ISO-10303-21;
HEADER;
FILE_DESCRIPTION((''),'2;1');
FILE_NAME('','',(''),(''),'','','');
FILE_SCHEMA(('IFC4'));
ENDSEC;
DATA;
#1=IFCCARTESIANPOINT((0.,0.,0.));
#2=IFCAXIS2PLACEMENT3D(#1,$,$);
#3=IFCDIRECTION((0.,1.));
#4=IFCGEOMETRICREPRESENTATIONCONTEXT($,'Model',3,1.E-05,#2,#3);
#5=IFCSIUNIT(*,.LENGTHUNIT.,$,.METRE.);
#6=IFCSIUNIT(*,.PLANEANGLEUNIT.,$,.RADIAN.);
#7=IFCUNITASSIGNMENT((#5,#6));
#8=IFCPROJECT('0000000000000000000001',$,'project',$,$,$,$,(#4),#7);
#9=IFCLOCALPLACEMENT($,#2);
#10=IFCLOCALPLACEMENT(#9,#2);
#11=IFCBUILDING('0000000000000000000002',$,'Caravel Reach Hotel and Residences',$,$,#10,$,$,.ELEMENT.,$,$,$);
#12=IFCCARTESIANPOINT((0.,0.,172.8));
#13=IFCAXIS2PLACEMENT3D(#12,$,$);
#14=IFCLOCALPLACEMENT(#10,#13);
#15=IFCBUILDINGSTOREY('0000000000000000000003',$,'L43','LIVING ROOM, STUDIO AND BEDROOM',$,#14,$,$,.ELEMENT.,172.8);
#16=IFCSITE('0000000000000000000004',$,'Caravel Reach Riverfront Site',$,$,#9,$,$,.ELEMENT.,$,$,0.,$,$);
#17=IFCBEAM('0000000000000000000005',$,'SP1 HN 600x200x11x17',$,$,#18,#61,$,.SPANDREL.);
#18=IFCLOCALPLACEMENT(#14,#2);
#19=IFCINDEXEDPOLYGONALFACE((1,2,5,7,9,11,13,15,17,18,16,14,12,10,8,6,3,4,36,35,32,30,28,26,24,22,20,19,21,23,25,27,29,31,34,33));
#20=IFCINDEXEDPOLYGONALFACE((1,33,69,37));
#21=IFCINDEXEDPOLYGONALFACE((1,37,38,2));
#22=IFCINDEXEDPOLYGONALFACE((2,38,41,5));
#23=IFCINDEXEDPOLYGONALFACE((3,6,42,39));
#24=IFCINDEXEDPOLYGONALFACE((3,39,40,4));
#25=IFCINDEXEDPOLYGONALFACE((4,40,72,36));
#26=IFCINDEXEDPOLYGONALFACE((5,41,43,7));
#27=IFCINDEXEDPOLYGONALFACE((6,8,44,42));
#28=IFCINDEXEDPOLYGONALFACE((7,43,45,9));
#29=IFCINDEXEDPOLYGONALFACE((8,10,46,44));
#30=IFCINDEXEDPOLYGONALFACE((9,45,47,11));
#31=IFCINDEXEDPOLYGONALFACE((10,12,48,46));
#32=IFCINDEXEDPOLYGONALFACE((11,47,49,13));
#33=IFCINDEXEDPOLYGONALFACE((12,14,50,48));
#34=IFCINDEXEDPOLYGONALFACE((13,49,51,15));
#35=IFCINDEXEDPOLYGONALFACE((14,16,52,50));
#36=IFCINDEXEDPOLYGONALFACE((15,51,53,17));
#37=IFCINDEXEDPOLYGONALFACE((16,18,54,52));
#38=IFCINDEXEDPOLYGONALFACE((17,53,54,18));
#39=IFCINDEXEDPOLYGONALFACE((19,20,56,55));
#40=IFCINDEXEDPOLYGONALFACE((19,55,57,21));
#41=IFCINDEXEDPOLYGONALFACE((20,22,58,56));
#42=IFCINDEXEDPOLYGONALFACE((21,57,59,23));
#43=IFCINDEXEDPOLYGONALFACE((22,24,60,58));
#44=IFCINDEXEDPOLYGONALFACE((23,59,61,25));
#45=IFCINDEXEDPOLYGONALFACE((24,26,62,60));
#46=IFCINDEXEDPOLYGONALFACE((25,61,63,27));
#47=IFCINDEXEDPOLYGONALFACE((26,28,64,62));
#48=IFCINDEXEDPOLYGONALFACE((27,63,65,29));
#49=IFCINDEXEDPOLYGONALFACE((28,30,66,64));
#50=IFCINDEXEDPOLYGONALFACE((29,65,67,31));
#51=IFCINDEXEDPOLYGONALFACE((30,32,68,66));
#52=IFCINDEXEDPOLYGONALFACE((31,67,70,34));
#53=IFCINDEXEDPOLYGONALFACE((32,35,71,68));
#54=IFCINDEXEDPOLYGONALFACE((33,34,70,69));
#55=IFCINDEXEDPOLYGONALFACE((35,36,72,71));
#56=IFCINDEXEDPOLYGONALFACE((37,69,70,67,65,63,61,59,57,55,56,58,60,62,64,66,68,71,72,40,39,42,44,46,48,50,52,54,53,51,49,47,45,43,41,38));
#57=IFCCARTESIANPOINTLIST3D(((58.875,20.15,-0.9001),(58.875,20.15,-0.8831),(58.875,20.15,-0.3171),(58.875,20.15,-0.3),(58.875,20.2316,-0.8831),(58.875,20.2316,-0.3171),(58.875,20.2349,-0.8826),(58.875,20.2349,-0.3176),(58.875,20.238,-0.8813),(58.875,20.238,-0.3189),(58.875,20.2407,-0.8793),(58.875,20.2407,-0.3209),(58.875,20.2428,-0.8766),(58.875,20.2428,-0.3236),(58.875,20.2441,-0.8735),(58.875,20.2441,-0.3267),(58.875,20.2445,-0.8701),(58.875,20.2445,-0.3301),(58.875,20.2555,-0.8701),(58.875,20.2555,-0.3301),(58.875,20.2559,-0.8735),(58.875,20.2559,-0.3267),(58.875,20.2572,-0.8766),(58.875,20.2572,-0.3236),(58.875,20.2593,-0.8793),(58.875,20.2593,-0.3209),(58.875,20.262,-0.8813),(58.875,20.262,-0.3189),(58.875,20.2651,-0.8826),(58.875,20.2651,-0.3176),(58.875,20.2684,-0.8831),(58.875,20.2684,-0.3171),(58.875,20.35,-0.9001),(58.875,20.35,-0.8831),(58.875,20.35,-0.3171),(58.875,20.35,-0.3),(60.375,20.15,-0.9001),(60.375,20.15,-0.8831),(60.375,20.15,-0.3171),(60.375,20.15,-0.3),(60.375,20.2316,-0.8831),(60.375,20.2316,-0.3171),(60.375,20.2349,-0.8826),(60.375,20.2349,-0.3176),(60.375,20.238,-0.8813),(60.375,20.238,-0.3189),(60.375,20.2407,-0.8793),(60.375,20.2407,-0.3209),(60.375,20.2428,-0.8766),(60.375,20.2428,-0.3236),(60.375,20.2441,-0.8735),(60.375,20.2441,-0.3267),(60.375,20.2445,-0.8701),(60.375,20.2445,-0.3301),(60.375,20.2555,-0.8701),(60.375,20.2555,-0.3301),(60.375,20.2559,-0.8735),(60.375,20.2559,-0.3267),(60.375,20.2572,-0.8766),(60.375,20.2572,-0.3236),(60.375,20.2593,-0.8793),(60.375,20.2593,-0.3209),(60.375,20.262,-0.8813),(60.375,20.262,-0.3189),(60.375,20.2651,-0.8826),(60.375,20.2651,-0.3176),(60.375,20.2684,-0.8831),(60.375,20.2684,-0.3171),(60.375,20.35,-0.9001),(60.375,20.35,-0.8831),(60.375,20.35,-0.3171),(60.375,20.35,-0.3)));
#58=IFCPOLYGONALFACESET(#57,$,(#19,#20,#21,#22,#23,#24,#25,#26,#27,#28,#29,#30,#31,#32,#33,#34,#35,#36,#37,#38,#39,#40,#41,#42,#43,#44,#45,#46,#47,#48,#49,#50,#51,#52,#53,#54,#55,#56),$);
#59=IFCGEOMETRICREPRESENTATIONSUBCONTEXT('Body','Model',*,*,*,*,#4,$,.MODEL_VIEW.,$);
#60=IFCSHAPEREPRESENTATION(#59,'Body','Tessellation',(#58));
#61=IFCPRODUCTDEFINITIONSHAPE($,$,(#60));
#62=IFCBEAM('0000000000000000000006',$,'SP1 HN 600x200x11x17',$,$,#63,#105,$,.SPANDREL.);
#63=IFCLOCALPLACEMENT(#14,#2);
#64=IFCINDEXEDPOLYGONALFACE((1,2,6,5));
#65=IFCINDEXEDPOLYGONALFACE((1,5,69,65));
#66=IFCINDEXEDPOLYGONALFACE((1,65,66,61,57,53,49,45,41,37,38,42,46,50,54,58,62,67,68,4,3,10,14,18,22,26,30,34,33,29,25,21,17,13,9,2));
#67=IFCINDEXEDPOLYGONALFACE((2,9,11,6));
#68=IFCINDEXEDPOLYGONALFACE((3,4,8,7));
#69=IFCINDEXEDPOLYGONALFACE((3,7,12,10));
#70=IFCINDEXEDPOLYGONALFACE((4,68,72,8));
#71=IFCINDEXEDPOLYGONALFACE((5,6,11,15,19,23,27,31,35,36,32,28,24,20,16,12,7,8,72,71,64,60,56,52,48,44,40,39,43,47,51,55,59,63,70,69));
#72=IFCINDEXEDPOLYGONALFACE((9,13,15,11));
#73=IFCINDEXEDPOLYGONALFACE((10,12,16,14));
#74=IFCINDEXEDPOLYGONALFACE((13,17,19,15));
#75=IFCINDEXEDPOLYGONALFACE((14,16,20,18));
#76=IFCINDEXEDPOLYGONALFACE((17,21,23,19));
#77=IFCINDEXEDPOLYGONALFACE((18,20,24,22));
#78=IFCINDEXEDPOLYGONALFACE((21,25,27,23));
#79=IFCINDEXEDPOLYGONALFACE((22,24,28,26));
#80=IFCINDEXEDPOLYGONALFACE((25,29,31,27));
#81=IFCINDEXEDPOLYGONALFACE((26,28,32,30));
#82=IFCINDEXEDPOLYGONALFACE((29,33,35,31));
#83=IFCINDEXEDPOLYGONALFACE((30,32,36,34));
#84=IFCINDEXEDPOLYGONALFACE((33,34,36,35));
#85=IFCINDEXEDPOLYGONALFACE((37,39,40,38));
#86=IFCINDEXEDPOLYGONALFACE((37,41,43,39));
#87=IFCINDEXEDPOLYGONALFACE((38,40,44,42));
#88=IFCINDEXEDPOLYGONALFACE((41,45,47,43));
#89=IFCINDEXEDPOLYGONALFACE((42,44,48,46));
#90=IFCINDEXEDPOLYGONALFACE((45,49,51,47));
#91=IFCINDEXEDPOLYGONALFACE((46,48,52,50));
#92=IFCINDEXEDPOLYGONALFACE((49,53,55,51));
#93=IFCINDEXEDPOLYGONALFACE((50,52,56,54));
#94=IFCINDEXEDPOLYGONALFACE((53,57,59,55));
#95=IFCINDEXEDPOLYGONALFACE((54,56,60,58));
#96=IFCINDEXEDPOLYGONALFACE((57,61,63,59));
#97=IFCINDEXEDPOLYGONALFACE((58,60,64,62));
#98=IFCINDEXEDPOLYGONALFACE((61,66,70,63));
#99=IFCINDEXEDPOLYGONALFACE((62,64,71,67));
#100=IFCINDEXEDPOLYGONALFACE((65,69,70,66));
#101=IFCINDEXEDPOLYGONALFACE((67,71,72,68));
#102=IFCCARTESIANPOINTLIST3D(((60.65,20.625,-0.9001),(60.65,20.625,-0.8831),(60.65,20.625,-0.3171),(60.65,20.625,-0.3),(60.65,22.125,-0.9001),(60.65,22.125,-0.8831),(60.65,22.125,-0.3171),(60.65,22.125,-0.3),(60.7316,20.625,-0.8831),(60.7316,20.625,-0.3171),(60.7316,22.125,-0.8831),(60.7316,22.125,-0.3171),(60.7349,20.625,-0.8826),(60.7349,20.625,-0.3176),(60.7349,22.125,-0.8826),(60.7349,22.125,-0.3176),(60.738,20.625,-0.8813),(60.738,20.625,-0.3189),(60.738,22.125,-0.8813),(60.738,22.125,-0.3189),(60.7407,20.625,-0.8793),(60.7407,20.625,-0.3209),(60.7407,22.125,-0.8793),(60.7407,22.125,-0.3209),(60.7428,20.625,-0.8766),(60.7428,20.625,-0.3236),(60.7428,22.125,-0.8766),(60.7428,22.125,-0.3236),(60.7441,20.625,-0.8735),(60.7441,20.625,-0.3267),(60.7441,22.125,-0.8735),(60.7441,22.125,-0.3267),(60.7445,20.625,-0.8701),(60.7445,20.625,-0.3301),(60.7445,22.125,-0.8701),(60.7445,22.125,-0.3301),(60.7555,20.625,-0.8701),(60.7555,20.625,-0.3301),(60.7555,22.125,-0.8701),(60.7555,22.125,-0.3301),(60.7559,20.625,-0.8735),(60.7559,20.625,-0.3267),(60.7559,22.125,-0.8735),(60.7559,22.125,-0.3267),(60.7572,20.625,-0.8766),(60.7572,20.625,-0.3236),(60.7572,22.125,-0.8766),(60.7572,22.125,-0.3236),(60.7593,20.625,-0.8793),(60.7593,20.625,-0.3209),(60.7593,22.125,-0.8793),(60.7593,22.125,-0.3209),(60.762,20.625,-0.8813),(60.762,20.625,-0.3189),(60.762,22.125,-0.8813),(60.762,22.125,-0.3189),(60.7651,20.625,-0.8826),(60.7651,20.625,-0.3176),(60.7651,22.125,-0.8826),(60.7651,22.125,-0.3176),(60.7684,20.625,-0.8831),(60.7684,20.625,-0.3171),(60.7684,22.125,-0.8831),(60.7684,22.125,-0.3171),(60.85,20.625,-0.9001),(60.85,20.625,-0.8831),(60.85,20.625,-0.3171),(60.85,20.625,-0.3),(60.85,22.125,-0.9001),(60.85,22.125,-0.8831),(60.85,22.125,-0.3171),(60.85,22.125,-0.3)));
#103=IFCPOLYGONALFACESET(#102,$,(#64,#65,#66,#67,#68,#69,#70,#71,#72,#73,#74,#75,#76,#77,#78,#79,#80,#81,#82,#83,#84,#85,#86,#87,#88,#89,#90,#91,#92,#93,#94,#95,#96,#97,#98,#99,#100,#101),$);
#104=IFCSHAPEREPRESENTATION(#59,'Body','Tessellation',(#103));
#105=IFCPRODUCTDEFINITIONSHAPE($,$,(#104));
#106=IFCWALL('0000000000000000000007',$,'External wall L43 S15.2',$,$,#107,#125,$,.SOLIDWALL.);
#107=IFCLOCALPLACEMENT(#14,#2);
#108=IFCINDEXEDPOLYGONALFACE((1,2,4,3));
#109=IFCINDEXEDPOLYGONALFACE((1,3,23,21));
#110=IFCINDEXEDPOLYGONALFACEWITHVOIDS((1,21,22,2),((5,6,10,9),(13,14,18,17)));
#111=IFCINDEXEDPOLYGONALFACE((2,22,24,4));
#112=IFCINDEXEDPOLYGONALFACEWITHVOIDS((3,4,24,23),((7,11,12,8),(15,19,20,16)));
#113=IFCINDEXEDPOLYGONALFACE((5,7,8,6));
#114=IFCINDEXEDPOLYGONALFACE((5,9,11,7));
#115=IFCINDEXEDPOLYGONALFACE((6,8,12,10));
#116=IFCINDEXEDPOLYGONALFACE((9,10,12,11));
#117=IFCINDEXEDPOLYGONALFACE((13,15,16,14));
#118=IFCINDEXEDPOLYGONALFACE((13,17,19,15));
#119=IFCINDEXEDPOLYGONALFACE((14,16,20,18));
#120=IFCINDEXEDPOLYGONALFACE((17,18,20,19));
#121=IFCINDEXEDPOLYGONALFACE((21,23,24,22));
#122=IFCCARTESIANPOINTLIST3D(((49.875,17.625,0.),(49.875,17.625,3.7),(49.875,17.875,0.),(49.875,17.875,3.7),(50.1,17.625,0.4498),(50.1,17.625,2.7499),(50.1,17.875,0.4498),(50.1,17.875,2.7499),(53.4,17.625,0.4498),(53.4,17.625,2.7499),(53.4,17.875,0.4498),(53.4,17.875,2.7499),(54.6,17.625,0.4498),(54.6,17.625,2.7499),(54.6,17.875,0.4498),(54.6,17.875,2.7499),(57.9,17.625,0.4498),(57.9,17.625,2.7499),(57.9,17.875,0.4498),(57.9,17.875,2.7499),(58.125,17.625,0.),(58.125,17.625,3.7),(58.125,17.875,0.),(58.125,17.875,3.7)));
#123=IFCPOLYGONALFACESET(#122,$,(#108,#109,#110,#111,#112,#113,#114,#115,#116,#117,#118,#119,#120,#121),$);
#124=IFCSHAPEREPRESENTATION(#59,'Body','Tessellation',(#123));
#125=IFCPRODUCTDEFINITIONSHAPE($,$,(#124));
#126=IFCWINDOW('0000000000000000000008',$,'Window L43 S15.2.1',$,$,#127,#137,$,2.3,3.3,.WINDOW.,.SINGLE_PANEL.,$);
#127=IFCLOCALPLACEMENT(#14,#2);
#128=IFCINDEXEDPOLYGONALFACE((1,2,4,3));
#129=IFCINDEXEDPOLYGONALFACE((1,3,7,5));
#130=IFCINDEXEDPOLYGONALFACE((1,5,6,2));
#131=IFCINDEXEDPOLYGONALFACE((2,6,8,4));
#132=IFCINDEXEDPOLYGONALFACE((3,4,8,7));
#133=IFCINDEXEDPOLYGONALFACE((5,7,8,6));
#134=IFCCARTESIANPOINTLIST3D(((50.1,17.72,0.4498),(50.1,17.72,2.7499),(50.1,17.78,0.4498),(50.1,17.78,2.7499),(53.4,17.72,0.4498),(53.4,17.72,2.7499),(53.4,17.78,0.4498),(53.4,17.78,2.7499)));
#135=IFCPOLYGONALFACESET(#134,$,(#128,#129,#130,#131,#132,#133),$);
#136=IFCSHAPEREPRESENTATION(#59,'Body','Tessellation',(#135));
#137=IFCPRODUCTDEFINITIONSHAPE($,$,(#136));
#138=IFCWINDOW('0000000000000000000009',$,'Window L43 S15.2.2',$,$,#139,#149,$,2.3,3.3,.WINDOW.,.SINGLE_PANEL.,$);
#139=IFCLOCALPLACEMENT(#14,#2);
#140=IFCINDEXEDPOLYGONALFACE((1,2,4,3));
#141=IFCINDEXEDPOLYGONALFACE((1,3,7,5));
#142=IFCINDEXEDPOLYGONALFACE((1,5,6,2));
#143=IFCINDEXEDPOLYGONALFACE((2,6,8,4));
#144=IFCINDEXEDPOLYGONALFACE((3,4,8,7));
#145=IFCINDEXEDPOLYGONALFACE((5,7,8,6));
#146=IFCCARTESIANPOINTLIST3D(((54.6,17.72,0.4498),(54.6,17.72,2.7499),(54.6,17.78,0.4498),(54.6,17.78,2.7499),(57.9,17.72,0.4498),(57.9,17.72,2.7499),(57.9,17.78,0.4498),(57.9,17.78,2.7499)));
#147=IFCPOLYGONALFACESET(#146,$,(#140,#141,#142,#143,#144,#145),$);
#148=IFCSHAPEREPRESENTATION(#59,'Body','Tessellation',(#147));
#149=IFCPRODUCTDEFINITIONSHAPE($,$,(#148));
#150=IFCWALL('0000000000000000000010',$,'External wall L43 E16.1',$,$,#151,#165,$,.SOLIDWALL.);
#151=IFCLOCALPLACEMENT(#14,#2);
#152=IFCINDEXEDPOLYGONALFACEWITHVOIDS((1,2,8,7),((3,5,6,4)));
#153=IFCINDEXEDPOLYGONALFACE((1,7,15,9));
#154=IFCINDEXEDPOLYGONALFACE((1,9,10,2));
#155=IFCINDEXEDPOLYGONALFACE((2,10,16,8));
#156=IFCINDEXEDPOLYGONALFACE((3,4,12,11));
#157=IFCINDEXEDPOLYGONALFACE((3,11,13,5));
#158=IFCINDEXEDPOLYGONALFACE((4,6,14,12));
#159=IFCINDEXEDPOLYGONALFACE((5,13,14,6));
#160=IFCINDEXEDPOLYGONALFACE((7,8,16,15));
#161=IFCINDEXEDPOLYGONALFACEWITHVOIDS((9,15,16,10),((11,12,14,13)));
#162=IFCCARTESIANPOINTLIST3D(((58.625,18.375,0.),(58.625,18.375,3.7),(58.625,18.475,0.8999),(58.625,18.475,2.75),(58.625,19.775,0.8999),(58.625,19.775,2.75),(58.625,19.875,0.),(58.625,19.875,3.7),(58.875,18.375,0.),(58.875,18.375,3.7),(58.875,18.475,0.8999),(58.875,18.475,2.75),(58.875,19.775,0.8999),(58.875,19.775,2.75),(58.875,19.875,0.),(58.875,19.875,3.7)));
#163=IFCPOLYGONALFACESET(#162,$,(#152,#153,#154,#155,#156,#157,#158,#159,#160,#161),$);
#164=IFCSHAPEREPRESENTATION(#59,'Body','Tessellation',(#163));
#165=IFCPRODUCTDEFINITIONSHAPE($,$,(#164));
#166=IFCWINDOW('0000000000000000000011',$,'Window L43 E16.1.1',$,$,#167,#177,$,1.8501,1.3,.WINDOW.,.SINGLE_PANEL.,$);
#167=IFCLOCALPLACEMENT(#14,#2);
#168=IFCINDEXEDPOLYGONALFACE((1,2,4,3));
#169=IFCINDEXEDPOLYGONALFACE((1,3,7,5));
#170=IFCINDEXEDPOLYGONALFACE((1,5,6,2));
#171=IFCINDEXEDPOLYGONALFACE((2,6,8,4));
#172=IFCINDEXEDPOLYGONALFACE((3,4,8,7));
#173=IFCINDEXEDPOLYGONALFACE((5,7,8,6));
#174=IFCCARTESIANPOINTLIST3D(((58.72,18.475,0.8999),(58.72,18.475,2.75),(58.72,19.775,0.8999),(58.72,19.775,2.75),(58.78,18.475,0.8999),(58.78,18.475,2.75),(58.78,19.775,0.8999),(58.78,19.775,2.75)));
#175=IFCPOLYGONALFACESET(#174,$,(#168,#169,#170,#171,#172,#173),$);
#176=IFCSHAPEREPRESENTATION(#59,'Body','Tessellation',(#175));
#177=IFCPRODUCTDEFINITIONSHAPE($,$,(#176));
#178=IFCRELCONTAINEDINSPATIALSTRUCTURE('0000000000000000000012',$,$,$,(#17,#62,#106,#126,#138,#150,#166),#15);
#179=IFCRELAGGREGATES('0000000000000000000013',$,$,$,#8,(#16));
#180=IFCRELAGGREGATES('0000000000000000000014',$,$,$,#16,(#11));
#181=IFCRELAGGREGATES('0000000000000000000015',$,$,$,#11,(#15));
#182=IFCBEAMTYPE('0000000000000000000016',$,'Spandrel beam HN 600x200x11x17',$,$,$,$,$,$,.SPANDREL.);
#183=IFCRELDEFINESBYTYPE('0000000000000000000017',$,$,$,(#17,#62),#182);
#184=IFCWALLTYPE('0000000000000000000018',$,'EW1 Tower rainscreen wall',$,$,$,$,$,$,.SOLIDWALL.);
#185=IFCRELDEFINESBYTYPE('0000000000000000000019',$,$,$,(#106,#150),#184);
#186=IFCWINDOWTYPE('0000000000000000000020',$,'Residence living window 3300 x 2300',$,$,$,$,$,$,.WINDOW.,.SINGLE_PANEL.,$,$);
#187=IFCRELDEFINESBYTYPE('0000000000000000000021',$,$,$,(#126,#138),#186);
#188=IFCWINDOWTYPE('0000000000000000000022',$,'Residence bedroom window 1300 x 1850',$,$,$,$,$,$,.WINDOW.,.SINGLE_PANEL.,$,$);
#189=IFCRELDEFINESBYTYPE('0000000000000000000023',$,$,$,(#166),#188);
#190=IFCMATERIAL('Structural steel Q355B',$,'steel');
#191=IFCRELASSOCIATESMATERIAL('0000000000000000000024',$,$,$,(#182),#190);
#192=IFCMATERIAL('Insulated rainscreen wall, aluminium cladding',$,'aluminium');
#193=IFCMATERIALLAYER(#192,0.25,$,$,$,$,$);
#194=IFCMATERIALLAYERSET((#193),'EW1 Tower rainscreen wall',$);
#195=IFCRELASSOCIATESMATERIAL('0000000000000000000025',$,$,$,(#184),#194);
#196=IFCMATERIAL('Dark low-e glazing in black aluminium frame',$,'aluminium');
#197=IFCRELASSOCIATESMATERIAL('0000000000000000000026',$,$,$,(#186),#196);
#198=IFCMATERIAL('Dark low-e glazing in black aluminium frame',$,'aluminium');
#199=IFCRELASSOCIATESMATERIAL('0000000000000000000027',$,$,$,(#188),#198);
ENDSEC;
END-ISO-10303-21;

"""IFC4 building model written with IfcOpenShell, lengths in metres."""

from ifc_helpers import new_model, si_unit, direction, frame, frame_2d, origin, origin_2d, place, context, subcontext, project, spatial, rectangle, i_section, extrude, material, layer, layer_set, material_profile, profile_set, type_object, element, fill, save


model = new_model("IFC4")

# Units and contexts
model_context = context("Model", 3, precision=1e-05, world=origin(), true_north=direction((0.0, 1.0)))
body_context = subcontext(model_context, "Body", "Model", "MODEL_VIEW")
ifc_project = project(units=[si_unit("LENGTHUNIT", "METRE"), si_unit("PLANEANGLEUNIT", "RADIAN")], contexts=[model_context])

# Site, building, storey
site_placement = place(None, origin())
site = spatial("IfcSite", under=ifc_project, at=site_placement, Name="Caravel Reach Riverfront Site", CompositionType="ELEMENT", RefElevation=0.0)
building_placement = place(site_placement, origin())
building = spatial("IfcBuilding", under=site, at=building_placement, Name="Caravel Reach Hotel and Residences", CompositionType="ELEMENT")
storey_placement = place(building_placement, frame((0.0, 0.0, 172.8)))
storey = spatial("IfcBuildingStorey", under=building, at=storey_placement, Name="L43", Description="LIVING ROOM, STUDIO AND BEDROOM", CompositionType="ELEMENT", Elevation=172.8)

# Beams
ifc_material_1 = material(Name="Structural steel Q355B", Category="steel")
ifc_material_profile_1 = material_profile(ifc_material_1, i_section(OverallWidth=0.2, OverallDepth=0.6001, WebThickness=0.011, FlangeThickness=0.0171, FilletRadius=0.0129, at=origin_2d()), Name="HN 600x200x11x17")
ifc_profile_set_1 = profile_set([ifc_material_profile_1], Name="Structural steel Q355B")
beam_type_1 = type_object("IfcBeamType", Name="Spandrel beam HN 600x200x11x17", PredefinedType="SPANDREL", material=ifc_profile_set_1)
for number, where, z_axis, x_axis, name in (
    (1, (58.875, 20.25, -0.6001), (1.0, 0.0, 0.0), (0.0, 1.0, 0.0), "SP1 HN 600x200x11x17"),
    (2, (60.75, 20.625, -0.6001), (0.0, 1.0, 0.0), (-1.0, 0.0, 0.0), "SP1 HN 600x200x11x17"),
):
    element("IfcBeam", number, at=place(storey_placement, frame(where, z_axis=z_axis, x_axis=x_axis)), inside=storey, type_object=beam_type_1, Name=name, PredefinedType="SPANDREL", context=body_context, shape_type="SweptSolid", body=[
        extrude(i_section(OverallWidth=0.2, OverallDepth=0.6001, WebThickness=0.011, FlangeThickness=0.0171, FilletRadius=0.0129, at=origin_2d()), origin(), (0.0, 0.0, 1.0), 1.5),
    ])

# Wall, openings, windows
ifc_material_2 = material(Name="Insulated rainscreen wall, aluminium cladding", Category="aluminium")
ifc_layer_1 = layer(ifc_material_2, 0.25)
ifc_layer_set_1 = layer_set([ifc_layer_1], Name="EW1 Tower rainscreen wall")
wall_type_1 = type_object("IfcWallType", Name="EW1 Tower rainscreen wall", PredefinedType="SOLIDWALL", material=ifc_layer_set_1)
wall_1_placement = place(storey_placement, frame((49.875, 17.75, 0.0), z_axis=(0.0, 0.0, 1.0), x_axis=(1.0, 0.0, 0.0)))
wall_1 = element("IfcWall", 3, at=wall_1_placement, inside=storey, type_object=wall_type_1, Name="External wall L43 S15.2", PredefinedType="SOLIDWALL", context=body_context, shape_type="SweptSolid", body=[
    extrude(rectangle(XDim=8.25, YDim=0.25, at=frame_2d((4.125, 0.0))), origin(), (0.0, 0.0, 1.0), 3.7),
])
opening_1_placement = place(wall_1_placement, frame((0.2251, 0.0, 0.45)))
opening_1 = element("IfcOpeningElement", 4, at=opening_1_placement, cuts=wall_1, PredefinedType="OPENING", context=body_context, shape_type="SweptSolid", body=[
    extrude(rectangle(XDim=3.3, YDim=2.3, at=frame_2d((1.6499, 1.1499))), frame((0.0, 0.135, 0.0), z_axis=(0.0, -1.0, 0.0), x_axis=(1.0, 0.0, 0.0)), (0.0, 0.0, 1.0), 0.27),
])
opening_2_placement = place(wall_1_placement, frame((4.7251, 0.0, 0.45)))
opening_2 = element("IfcOpeningElement", 5, at=opening_2_placement, cuts=wall_1, PredefinedType="OPENING", context=body_context, shape_type="SweptSolid", body=[
    extrude(rectangle(XDim=3.3, YDim=2.3, at=frame_2d((1.6499, 1.1499))), frame((0.0, 0.135, 0.0), z_axis=(0.0, -1.0, 0.0), x_axis=(1.0, 0.0, 0.0)), (0.0, 0.0, 1.0), 0.27),
])
ifc_material_3 = material(Name="Dark low-e glazing in black aluminium frame", Category="aluminium")
window_type_1 = type_object("IfcWindowType", Name="Residence living window 3300 x 2300", PartitioningType="SINGLE_PANEL", PredefinedType="WINDOW", material=ifc_material_3)
window_1_placement = place(opening_1_placement, origin())
window_1 = element("IfcWindow", 6, at=window_1_placement, inside=storey, type_object=window_type_1, Name="Window L43 S15.2.1", OverallHeight=2.3, OverallWidth=3.3, PartitioningType="SINGLE_PANEL", PredefinedType="WINDOW", context=body_context, shape_type="SweptSolid", body=[
    extrude(rectangle(XDim=3.3, YDim=2.3, at=frame_2d((1.6499, 1.1499))), frame((0.0, 0.03, 0.0), z_axis=(0.0, -1.0, 0.0), x_axis=(1.0, 0.0, 0.0)), (0.0, 0.0, 1.0), 0.0601),
])
fill(opening_1, window_1)
window_2_placement = place(opening_2_placement, origin())
window_2 = element("IfcWindow", 7, at=window_2_placement, inside=storey, type_object=window_type_1, Name="Window L43 S15.2.2", OverallHeight=2.3, OverallWidth=3.3, PartitioningType="SINGLE_PANEL", PredefinedType="WINDOW", context=body_context, shape_type="SweptSolid", body=[
    extrude(rectangle(XDim=3.3, YDim=2.3, at=frame_2d((1.6499, 1.1499))), frame((0.0, 0.03, 0.0), z_axis=(0.0, -1.0, 0.0), x_axis=(1.0, 0.0, 0.0)), (0.0, 0.0, 1.0), 0.0601),
])
fill(opening_2, window_2)

# Wall, opening, window
wall_2_placement = place(storey_placement, frame((58.75, 18.375, 0.0), z_axis=(0.0, 0.0, 1.0), x_axis=(0.0, 1.0, 0.0)))
wall_2 = element("IfcWall", 8, at=wall_2_placement, inside=storey, type_object=wall_type_1, Name="External wall L43 E16.1", PredefinedType="SOLIDWALL", context=body_context, shape_type="SweptSolid", body=[
    extrude(rectangle(XDim=1.5, YDim=0.25, at=frame_2d((0.75, 0.0))), origin(), (0.0, 0.0, 1.0), 3.7),
])
opening_3_placement = place(wall_2_placement, frame((0.1001, 0.0, 0.8999)))
opening_3 = element("IfcOpeningElement", 9, at=opening_3_placement, cuts=wall_2, PredefinedType="OPENING", context=body_context, shape_type="SweptSolid", body=[
    extrude(rectangle(XDim=1.3, YDim=1.8501, at=frame_2d((0.6499, 0.925))), frame((0.0, 0.135, 0.0), z_axis=(0.0, -1.0, 0.0), x_axis=(1.0, 0.0, 0.0)), (0.0, 0.0, 1.0), 0.27),
])
ifc_material_4 = material(Name="Dark low-e glazing in black aluminium frame", Category="aluminium")
window_type_2 = type_object("IfcWindowType", Name="Residence bedroom window 1300 x 1850", PartitioningType="SINGLE_PANEL", PredefinedType="WINDOW", material=ifc_material_4)
window_3_placement = place(opening_3_placement, origin())
window_3 = element("IfcWindow", 10, at=window_3_placement, inside=storey, type_object=window_type_2, Name="Window L43 E16.1.1", OverallHeight=1.8501, OverallWidth=1.3, PartitioningType="SINGLE_PANEL", PredefinedType="WINDOW", context=body_context, shape_type="SweptSolid", body=[
    extrude(rectangle(XDim=1.3, YDim=1.8501, at=frame_2d((0.6499, 0.925))), frame((0.0, 0.03, 0.0), z_axis=(0.0, -1.0, 0.0), x_axis=(1.0, 0.0, 0.0)), (0.0, 0.0, 1.0), 0.0601),
])
fill(opening_3, window_3)

save(model, "model.ifc")
